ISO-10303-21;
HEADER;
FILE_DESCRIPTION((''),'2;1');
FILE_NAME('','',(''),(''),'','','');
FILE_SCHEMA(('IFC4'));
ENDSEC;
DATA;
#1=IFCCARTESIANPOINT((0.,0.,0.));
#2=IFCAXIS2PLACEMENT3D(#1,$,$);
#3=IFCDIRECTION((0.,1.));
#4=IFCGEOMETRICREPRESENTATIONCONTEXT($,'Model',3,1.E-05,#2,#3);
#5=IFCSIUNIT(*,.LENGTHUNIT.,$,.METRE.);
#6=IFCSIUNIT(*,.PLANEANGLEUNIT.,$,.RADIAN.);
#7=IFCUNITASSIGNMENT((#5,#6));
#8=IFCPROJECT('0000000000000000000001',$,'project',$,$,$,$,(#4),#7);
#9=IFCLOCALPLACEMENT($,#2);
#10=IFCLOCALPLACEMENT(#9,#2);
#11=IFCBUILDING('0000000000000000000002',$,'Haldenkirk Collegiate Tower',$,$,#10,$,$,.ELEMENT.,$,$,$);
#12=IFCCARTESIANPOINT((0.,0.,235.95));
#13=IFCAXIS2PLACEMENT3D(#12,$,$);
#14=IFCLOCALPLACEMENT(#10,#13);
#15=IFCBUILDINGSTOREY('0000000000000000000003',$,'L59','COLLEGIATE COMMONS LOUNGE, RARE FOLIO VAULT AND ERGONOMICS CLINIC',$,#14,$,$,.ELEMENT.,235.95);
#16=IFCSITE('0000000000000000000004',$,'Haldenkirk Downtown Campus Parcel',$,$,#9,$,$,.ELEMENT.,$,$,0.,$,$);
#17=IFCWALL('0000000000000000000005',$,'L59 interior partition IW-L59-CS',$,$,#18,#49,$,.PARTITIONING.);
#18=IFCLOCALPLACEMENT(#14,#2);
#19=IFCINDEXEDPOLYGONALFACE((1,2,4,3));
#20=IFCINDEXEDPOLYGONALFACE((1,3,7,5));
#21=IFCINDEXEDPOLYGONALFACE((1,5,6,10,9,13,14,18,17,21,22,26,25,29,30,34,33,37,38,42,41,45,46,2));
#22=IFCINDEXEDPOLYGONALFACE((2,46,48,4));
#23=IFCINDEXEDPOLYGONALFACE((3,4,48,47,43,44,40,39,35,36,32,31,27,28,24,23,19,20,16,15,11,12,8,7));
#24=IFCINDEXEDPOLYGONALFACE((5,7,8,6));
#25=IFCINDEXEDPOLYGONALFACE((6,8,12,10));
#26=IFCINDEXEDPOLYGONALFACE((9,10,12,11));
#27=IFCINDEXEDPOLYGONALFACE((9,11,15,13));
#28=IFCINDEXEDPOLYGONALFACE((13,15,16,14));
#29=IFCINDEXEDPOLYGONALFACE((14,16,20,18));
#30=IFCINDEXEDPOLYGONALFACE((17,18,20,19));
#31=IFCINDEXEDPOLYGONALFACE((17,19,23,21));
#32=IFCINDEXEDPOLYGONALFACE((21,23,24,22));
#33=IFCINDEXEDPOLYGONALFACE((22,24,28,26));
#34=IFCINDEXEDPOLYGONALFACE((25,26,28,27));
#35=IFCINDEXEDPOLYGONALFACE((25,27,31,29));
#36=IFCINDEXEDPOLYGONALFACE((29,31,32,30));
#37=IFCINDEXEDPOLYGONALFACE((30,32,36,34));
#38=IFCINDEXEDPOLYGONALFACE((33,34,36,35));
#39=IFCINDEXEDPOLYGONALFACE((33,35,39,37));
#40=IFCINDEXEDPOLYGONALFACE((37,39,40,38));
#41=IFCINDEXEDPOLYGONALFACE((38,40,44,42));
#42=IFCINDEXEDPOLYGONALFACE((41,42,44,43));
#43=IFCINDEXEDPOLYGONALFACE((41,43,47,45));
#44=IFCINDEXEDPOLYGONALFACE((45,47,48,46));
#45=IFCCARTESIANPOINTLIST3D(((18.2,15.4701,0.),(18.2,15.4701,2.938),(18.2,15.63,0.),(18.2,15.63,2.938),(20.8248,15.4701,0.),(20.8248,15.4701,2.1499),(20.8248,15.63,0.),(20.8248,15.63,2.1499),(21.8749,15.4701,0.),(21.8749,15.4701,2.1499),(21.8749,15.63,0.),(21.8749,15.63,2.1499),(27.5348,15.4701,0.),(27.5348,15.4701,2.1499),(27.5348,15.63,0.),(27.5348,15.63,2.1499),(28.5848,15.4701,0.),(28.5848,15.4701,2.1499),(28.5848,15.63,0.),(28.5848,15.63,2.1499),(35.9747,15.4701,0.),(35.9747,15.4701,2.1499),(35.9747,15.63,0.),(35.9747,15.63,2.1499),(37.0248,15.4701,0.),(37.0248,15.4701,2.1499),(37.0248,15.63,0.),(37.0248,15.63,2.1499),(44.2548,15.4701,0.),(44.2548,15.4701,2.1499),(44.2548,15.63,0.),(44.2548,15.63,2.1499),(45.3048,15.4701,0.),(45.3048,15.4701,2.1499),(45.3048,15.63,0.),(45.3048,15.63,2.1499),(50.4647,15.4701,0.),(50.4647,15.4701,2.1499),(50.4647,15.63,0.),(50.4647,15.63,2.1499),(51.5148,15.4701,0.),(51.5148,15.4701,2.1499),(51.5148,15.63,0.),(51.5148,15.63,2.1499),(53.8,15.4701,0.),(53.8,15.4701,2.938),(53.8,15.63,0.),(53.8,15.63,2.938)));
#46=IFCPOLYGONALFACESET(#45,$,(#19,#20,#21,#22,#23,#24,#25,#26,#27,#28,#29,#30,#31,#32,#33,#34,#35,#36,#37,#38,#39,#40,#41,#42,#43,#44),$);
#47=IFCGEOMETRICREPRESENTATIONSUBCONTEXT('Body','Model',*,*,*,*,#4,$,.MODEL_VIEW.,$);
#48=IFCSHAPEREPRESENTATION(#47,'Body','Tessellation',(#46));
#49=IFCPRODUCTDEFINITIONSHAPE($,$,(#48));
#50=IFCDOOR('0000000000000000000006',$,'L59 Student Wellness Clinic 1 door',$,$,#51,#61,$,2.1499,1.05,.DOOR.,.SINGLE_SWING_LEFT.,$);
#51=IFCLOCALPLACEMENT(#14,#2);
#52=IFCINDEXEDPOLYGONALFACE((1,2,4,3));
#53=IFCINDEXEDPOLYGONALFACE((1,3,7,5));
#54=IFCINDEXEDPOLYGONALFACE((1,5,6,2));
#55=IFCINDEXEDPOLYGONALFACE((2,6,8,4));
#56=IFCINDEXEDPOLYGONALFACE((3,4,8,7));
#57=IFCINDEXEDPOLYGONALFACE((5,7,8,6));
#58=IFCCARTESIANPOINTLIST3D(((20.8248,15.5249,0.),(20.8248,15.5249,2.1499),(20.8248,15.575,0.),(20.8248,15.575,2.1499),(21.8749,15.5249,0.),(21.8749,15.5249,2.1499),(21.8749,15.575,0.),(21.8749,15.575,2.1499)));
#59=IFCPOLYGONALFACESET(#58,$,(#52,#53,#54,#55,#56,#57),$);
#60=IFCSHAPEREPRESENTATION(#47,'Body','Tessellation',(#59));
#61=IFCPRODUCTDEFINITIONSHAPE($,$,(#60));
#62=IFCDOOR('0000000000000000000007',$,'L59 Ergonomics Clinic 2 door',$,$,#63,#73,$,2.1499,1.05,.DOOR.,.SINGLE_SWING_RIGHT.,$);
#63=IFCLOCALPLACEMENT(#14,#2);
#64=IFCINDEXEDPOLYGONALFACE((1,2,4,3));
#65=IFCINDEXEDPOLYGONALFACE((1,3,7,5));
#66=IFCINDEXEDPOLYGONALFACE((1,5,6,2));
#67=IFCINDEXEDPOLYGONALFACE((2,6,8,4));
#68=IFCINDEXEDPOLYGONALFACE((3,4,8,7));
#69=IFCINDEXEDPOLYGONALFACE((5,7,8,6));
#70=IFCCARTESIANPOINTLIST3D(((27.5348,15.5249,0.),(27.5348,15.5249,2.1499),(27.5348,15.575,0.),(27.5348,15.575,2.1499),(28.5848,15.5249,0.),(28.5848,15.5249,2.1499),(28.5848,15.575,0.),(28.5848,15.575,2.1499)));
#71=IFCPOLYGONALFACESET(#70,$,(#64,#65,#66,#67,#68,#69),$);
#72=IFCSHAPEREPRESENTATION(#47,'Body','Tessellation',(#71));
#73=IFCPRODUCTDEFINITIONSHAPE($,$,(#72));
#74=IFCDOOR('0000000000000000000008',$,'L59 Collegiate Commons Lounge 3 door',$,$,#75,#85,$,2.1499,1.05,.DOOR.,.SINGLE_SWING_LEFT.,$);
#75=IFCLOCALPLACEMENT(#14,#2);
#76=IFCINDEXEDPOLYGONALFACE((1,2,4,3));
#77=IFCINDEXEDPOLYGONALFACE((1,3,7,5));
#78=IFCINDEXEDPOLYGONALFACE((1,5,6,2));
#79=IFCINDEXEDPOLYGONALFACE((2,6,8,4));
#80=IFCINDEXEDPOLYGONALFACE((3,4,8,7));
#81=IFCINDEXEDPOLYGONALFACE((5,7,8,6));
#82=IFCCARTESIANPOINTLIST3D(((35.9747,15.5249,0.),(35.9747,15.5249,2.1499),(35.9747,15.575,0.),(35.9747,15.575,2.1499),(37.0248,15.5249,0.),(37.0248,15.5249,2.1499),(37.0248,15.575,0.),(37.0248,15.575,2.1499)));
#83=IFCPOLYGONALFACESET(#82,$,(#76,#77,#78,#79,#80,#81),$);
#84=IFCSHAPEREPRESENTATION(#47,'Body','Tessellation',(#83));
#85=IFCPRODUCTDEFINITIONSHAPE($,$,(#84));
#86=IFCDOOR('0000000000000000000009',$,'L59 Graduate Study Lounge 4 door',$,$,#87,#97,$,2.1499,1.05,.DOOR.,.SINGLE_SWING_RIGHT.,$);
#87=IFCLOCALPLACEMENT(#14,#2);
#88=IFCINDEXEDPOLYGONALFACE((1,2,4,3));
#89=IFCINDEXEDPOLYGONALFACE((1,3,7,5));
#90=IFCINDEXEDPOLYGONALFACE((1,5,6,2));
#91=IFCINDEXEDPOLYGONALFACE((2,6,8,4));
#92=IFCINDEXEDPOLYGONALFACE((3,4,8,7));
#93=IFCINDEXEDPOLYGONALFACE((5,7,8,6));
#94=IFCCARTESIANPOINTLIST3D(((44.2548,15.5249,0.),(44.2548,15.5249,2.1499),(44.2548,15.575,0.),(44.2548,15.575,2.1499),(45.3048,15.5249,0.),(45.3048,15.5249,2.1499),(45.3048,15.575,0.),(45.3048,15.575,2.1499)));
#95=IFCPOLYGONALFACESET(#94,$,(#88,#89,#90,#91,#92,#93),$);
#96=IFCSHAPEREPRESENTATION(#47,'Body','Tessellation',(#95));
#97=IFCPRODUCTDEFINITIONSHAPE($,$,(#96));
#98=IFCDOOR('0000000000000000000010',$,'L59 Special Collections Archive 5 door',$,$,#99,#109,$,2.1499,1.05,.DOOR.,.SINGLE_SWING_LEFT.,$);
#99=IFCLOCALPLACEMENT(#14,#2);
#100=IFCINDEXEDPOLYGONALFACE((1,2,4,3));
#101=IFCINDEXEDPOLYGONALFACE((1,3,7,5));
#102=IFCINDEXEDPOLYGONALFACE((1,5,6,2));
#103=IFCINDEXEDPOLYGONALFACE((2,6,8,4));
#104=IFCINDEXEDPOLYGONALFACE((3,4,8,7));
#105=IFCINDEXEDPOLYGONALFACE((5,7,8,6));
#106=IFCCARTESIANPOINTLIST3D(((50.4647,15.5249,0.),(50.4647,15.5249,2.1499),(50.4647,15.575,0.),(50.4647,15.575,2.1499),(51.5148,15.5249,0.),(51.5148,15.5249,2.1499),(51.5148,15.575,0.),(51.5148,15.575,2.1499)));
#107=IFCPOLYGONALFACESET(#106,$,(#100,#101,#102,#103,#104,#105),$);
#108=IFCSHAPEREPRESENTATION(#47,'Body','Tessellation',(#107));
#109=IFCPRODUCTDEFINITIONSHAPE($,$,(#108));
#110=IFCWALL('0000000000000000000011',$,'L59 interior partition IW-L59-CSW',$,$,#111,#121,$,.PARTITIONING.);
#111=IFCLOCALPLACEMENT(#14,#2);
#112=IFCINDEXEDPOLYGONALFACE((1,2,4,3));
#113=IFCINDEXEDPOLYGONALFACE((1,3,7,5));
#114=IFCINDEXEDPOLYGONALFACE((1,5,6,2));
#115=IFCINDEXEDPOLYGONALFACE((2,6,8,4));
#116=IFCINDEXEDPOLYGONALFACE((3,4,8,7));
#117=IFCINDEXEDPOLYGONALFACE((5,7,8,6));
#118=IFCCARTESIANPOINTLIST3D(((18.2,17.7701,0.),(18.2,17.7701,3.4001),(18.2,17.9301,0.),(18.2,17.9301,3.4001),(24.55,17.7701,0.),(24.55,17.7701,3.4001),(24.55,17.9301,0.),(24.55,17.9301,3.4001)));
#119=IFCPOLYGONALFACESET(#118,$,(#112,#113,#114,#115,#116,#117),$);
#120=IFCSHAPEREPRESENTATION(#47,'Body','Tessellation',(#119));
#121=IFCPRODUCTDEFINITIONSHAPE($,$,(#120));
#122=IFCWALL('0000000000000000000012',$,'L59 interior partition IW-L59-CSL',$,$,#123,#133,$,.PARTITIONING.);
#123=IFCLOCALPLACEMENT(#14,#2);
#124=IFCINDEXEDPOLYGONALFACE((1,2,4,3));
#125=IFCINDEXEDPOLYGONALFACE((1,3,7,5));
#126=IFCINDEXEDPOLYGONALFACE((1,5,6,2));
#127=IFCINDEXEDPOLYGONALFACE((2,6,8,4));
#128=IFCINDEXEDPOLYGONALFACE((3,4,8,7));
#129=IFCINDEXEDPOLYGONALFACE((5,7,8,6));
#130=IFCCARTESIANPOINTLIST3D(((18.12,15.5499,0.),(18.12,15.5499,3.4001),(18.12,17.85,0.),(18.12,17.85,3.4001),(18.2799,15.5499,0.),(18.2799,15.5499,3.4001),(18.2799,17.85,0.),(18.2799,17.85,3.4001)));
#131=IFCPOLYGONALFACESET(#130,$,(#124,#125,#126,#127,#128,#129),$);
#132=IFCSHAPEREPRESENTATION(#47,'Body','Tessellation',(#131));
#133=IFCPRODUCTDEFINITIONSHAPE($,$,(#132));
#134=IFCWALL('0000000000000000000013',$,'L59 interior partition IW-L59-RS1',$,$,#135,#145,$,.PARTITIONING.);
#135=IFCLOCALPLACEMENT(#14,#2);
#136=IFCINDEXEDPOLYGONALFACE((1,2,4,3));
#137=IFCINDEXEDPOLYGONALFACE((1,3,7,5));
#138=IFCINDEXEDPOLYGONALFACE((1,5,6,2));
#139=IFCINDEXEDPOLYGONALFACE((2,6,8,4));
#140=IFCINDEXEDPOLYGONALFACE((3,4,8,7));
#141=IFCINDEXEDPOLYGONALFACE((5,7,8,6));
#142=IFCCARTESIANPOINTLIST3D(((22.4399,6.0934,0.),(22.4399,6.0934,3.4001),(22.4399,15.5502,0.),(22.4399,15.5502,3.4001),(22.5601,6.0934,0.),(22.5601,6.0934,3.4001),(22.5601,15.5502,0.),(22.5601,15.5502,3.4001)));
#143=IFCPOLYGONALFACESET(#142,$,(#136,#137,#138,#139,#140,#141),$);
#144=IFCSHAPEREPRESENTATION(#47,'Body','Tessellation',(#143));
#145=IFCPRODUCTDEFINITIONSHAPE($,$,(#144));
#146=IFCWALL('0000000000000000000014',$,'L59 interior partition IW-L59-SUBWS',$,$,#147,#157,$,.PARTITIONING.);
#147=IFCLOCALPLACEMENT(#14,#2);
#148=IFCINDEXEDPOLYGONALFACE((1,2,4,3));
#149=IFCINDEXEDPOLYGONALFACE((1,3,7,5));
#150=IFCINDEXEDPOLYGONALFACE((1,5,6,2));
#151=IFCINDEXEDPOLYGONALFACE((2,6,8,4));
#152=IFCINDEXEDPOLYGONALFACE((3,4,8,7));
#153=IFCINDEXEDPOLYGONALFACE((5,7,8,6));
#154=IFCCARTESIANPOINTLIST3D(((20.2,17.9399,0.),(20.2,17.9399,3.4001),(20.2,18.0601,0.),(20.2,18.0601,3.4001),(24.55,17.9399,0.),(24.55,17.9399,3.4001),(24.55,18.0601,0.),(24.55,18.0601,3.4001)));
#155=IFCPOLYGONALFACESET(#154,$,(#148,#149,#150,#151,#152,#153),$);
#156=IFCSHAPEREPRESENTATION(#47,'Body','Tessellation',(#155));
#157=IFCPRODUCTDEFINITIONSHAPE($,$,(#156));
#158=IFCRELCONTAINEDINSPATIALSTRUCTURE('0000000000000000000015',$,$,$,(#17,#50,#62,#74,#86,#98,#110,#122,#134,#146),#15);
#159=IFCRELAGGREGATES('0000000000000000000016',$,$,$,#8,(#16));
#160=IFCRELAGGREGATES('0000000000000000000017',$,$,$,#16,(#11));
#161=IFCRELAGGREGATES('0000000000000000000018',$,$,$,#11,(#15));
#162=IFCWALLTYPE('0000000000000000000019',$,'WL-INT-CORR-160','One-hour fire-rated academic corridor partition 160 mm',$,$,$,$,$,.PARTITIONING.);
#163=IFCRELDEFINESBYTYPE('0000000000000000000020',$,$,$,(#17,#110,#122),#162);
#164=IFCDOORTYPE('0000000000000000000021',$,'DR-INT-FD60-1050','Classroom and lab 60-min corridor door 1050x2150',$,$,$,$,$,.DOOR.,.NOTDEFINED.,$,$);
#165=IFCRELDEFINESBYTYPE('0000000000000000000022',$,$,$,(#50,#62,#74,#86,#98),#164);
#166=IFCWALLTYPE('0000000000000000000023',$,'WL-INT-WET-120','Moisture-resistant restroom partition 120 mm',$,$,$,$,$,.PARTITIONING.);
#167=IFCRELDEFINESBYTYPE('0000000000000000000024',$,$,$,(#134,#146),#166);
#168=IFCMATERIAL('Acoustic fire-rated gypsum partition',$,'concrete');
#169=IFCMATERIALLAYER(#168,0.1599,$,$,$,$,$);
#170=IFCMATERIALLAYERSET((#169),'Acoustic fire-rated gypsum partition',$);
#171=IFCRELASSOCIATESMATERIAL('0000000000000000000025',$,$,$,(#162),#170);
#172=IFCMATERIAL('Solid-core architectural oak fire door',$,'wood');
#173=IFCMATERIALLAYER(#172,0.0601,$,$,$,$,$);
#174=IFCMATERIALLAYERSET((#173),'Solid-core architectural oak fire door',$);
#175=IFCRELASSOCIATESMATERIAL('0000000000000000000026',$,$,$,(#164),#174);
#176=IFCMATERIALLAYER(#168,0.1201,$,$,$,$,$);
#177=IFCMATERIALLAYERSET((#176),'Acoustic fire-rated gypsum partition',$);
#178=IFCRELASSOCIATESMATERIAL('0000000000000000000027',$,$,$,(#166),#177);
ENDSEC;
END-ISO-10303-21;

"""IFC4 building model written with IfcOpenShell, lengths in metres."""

from ifc_helpers import new_model, si_unit, direction, frame, frame_2d, origin, place, context, subcontext, project, spatial, rectangle, extrude, material, layer, layer_set, type_object, element, fill, save


model = new_model("IFC4")

# Units and contexts
model_context = context("Model", 3, precision=1e-05, world=origin(), true_north=direction((0.0, 1.0)))
body_context = subcontext(model_context, "Body", "Model", "MODEL_VIEW")
ifc_project = project(units=[si_unit("LENGTHUNIT", "METRE"), si_unit("PLANEANGLEUNIT", "RADIAN")], contexts=[model_context])

# Site, building, storey
site_placement = place(None, origin())
site = spatial("IfcSite", under=ifc_project, at=site_placement, Name="Haldenkirk Downtown Campus Parcel", CompositionType="ELEMENT", RefElevation=0.0)
building_placement = place(site_placement, origin())
building = spatial("IfcBuilding", under=site, at=building_placement, Name="Haldenkirk Collegiate Tower", CompositionType="ELEMENT")
storey_placement = place(building_placement, frame((0.0, 0.0, 235.95)))
storey = spatial("IfcBuildingStorey", under=building, at=storey_placement, Name="L59", Description="COLLEGIATE COMMONS LOUNGE, RARE FOLIO VAULT AND ERGONOMICS CLINIC", CompositionType="ELEMENT", Elevation=235.95)

# Wall, openings, doors
ifc_material_1 = material(Name="Acoustic fire-rated gypsum partition", Category="concrete")
ifc_layer_1 = layer(ifc_material_1, 0.1599)
ifc_layer_set_1 = layer_set([ifc_layer_1], Name="Acoustic fire-rated gypsum partition")
wall_type_1 = type_object("IfcWallType", Name="WL-INT-CORR-160", Description="One-hour fire-rated academic corridor partition 160 mm", PredefinedType="PARTITIONING", material=ifc_layer_set_1)
wall_1_placement = place(storey_placement, frame((18.2, 15.55, 0.0), z_axis=(0.0, 0.0, 1.0), x_axis=(1.0, 0.0, 0.0)))
wall_1 = element("IfcWall", 1, at=wall_1_placement, inside=storey, type_object=wall_type_1, Name="L59 interior partition IW-L59-CS", PredefinedType="PARTITIONING", context=body_context, shape_type="SweptSolid", body=[
    extrude(rectangle(XDim=35.6001, YDim=0.1599, at=frame_2d((17.8, 0.0))), origin(), (0.0, 0.0, 1.0), 2.938),
])
opening_1_placement = place(wall_1_placement, frame((2.625, 0.0, 0.0)))
opening_1 = element("IfcOpeningElement", 2, at=opening_1_placement, cuts=wall_1, PredefinedType="OPENING", context=body_context, shape_type="SweptSolid", body=[
    extrude(rectangle(XDim=1.05, YDim=2.1499, at=frame_2d((0.5249, 1.075))), frame((0.0, 0.0898, 0.0), z_axis=(0.0, -1.0, 0.0), x_axis=(1.0, 0.0, 0.0)), (0.0, 0.0, 1.0), 0.1799),
])
opening_2_placement = place(wall_1_placement, frame((9.335, 0.0, 0.0)))
opening_2 = element("IfcOpeningElement", 3, at=opening_2_placement, cuts=wall_1, PredefinedType="OPENING", context=body_context, shape_type="SweptSolid", body=[
    extrude(rectangle(XDim=1.05, YDim=2.1499, at=frame_2d((0.5249, 1.075))), frame((0.0, 0.0898, 0.0), z_axis=(0.0, -1.0, 0.0), x_axis=(1.0, 0.0, 0.0)), (0.0, 0.0, 1.0), 0.1799),
])
opening_3_placement = place(wall_1_placement, frame((17.7749, 0.0, 0.0)))
opening_3 = element("IfcOpeningElement", 4, at=opening_3_placement, cuts=wall_1, PredefinedType="OPENING", context=body_context, shape_type="SweptSolid", body=[
    extrude(rectangle(XDim=1.05, YDim=2.1499, at=frame_2d((0.5249, 1.075))), frame((0.0, 0.0898, 0.0), z_axis=(0.0, -1.0, 0.0), x_axis=(1.0, 0.0, 0.0)), (0.0, 0.0, 1.0), 0.1799),
])
opening_4_placement = place(wall_1_placement, frame((26.0549, 0.0, 0.0)))
opening_4 = element("IfcOpeningElement", 5, at=opening_4_placement, cuts=wall_1, PredefinedType="OPENING", context=body_context, shape_type="SweptSolid", body=[
    extrude(rectangle(XDim=1.05, YDim=2.1499, at=frame_2d((0.5249, 1.075))), frame((0.0, 0.0898, 0.0), z_axis=(0.0, -1.0, 0.0), x_axis=(1.0, 0.0, 0.0)), (0.0, 0.0, 1.0), 0.1799),
])
opening_5_placement = place(wall_1_placement, frame((32.2649, 0.0, 0.0)))
opening_5 = element("IfcOpeningElement", 6, at=opening_5_placement, cuts=wall_1, PredefinedType="OPENING", context=body_context, shape_type="SweptSolid", body=[
    extrude(rectangle(XDim=1.05, YDim=2.1499, at=frame_2d((0.5249, 1.075))), frame((0.0, 0.0898, 0.0), z_axis=(0.0, -1.0, 0.0), x_axis=(1.0, 0.0, 0.0)), (0.0, 0.0, 1.0), 0.1799),
])
ifc_material_2 = material(Name="Solid-core architectural oak fire door", Category="wood")
ifc_layer_2 = layer(ifc_material_2, 0.0601)
ifc_layer_set_2 = layer_set([ifc_layer_2], Name="Solid-core architectural oak fire door")
door_type_1 = type_object("IfcDoorType", Name="DR-INT-FD60-1050", Description="Classroom and lab 60-min corridor door 1050x2150", OperationType="NOTDEFINED", PredefinedType="DOOR", material=ifc_layer_set_2)
door_1_placement = place(opening_1_placement, origin())
door_1 = element("IfcDoor", 7, at=door_1_placement, inside=storey, type_object=door_type_1, Name="L59 Student Wellness Clinic 1 door", OperationType="SINGLE_SWING_LEFT", OverallHeight=2.1499, OverallWidth=1.05, PredefinedType="DOOR", context=body_context, shape_type="SweptSolid", body=[
    extrude(rectangle(XDim=1.05, YDim=2.1499, at=frame_2d((0.5249, 1.075))), frame((0.0, 0.0249, 0.0), z_axis=(0.0, -1.0, 0.0), x_axis=(1.0, 0.0, 0.0)), (0.0, 0.0, 1.0), 0.05),
])
fill(opening_1, door_1)
door_2_placement = place(opening_2_placement, origin())
door_2 = element("IfcDoor", 8, at=door_2_placement, inside=storey, type_object=door_type_1, Name="L59 Ergonomics Clinic 2 door", OperationType="SINGLE_SWING_RIGHT", OverallHeight=2.1499, OverallWidth=1.05, PredefinedType="DOOR", context=body_context, shape_type="SweptSolid", body=[
    extrude(rectangle(XDim=1.05, YDim=2.1499, at=frame_2d((0.5249, 1.075))), frame((0.0, 0.0249, 0.0), z_axis=(0.0, -1.0, 0.0), x_axis=(1.0, 0.0, 0.0)), (0.0, 0.0, 1.0), 0.05),
])
fill(opening_2, door_2)
door_3_placement = place(opening_3_placement, origin())
door_3 = element("IfcDoor", 9, at=door_3_placement, inside=storey, type_object=door_type_1, Name="L59 Collegiate Commons Lounge 3 door", OperationType="SINGLE_SWING_LEFT", OverallHeight=2.1499, OverallWidth=1.05, PredefinedType="DOOR", context=body_context, shape_type="SweptSolid", body=[
    extrude(rectangle(XDim=1.05, YDim=2.1499, at=frame_2d((0.5249, 1.075))), frame((0.0, 0.0249, 0.0), z_axis=(0.0, -1.0, 0.0), x_axis=(1.0, 0.0, 0.0)), (0.0, 0.0, 1.0), 0.05),
])
fill(opening_3, door_3)
door_4_placement = place(opening_4_placement, origin())
door_4 = element("IfcDoor", 10, at=door_4_placement, inside=storey, type_object=door_type_1, Name="L59 Graduate Study Lounge 4 door", OperationType="SINGLE_SWING_RIGHT", OverallHeight=2.1499, OverallWidth=1.05, PredefinedType="DOOR", context=body_context, shape_type="SweptSolid", body=[
    extrude(rectangle(XDim=1.05, YDim=2.1499, at=frame_2d((0.5249, 1.075))), frame((0.0, 0.0249, 0.0), z_axis=(0.0, -1.0, 0.0), x_axis=(1.0, 0.0, 0.0)), (0.0, 0.0, 1.0), 0.05),
])
fill(opening_4, door_4)
door_5_placement = place(opening_5_placement, origin())
door_5 = element("IfcDoor", 11, at=door_5_placement, inside=storey, type_object=door_type_1, Name="L59 Special Collections Archive 5 door", OperationType="SINGLE_SWING_LEFT", OverallHeight=2.1499, OverallWidth=1.05, PredefinedType="DOOR", context=body_context, shape_type="SweptSolid", body=[
    extrude(rectangle(XDim=1.05, YDim=2.1499, at=frame_2d((0.5249, 1.075))), frame((0.0, 0.0249, 0.0), z_axis=(0.0, -1.0, 0.0), x_axis=(1.0, 0.0, 0.0)), (0.0, 0.0, 1.0), 0.05),
])
fill(opening_5, door_5)

# Walls
wall_2_placement = place(storey_placement, frame((18.2, 17.8501, 0.0), z_axis=(0.0, 0.0, 1.0), x_axis=(1.0, 0.0, 0.0)))
element("IfcWall", 12, at=wall_2_placement, inside=storey, type_object=wall_type_1, Name="L59 interior partition IW-L59-CSW", PredefinedType="PARTITIONING", context=body_context, shape_type="SweptSolid", body=[
    extrude(rectangle(XDim=6.3501, YDim=0.1599, at=frame_2d((3.175, 0.0))), origin(), (0.0, 0.0, 1.0), 3.4001),
])
wall_3_placement = place(storey_placement, frame((18.2, 15.55, 0.0), z_axis=(0.0, 0.0, 1.0), x_axis=(0.0, 1.0, 0.0)))
element("IfcWall", 13, at=wall_3_placement, inside=storey, type_object=wall_type_1, Name="L59 interior partition IW-L59-CSL", PredefinedType="PARTITIONING", context=body_context, shape_type="SweptSolid", body=[
    extrude(rectangle(XDim=2.3, YDim=0.1599, at=frame_2d((1.1499, 0.0))), origin(), (0.0, 0.0, 1.0), 3.4001),
])
ifc_layer_3 = layer(ifc_material_1, 0.1201)
ifc_layer_set_3 = layer_set([ifc_layer_3], Name="Acoustic fire-rated gypsum partition")
wall_type_2 = type_object("IfcWallType", Name="WL-INT-WET-120", Description="Moisture-resistant restroom partition 120 mm", PredefinedType="PARTITIONING", material=ifc_layer_set_3)
wall_4_placement = place(storey_placement, frame((22.5, 6.0933, 0.0), z_axis=(0.0, 0.0, 1.0), x_axis=(0.0, 1.0, 0.0)))
element("IfcWall", 14, at=wall_4_placement, inside=storey, type_object=wall_type_2, Name="L59 interior partition IW-L59-RS1", PredefinedType="PARTITIONING", context=body_context, shape_type="SweptSolid", body=[
    extrude(rectangle(XDim=9.4568, YDim=0.1201, at=frame_2d((4.7285, 0.0))), origin(), (0.0, 0.0, 1.0), 3.4001),
])
wall_5_placement = place(storey_placement, frame((20.2, 18.0, 0.0), z_axis=(0.0, 0.0, 1.0), x_axis=(1.0, 0.0, 0.0)))
element("IfcWall", 15, at=wall_5_placement, inside=storey, type_object=wall_type_2, Name="L59 interior partition IW-L59-SUBWS", PredefinedType="PARTITIONING", context=body_context, shape_type="SweptSolid", body=[
    extrude(rectangle(XDim=4.3501, YDim=0.1201, at=frame_2d((2.175, 0.0))), origin(), (0.0, 0.0, 1.0), 3.4001),
])

save(model, "model.ifc")
